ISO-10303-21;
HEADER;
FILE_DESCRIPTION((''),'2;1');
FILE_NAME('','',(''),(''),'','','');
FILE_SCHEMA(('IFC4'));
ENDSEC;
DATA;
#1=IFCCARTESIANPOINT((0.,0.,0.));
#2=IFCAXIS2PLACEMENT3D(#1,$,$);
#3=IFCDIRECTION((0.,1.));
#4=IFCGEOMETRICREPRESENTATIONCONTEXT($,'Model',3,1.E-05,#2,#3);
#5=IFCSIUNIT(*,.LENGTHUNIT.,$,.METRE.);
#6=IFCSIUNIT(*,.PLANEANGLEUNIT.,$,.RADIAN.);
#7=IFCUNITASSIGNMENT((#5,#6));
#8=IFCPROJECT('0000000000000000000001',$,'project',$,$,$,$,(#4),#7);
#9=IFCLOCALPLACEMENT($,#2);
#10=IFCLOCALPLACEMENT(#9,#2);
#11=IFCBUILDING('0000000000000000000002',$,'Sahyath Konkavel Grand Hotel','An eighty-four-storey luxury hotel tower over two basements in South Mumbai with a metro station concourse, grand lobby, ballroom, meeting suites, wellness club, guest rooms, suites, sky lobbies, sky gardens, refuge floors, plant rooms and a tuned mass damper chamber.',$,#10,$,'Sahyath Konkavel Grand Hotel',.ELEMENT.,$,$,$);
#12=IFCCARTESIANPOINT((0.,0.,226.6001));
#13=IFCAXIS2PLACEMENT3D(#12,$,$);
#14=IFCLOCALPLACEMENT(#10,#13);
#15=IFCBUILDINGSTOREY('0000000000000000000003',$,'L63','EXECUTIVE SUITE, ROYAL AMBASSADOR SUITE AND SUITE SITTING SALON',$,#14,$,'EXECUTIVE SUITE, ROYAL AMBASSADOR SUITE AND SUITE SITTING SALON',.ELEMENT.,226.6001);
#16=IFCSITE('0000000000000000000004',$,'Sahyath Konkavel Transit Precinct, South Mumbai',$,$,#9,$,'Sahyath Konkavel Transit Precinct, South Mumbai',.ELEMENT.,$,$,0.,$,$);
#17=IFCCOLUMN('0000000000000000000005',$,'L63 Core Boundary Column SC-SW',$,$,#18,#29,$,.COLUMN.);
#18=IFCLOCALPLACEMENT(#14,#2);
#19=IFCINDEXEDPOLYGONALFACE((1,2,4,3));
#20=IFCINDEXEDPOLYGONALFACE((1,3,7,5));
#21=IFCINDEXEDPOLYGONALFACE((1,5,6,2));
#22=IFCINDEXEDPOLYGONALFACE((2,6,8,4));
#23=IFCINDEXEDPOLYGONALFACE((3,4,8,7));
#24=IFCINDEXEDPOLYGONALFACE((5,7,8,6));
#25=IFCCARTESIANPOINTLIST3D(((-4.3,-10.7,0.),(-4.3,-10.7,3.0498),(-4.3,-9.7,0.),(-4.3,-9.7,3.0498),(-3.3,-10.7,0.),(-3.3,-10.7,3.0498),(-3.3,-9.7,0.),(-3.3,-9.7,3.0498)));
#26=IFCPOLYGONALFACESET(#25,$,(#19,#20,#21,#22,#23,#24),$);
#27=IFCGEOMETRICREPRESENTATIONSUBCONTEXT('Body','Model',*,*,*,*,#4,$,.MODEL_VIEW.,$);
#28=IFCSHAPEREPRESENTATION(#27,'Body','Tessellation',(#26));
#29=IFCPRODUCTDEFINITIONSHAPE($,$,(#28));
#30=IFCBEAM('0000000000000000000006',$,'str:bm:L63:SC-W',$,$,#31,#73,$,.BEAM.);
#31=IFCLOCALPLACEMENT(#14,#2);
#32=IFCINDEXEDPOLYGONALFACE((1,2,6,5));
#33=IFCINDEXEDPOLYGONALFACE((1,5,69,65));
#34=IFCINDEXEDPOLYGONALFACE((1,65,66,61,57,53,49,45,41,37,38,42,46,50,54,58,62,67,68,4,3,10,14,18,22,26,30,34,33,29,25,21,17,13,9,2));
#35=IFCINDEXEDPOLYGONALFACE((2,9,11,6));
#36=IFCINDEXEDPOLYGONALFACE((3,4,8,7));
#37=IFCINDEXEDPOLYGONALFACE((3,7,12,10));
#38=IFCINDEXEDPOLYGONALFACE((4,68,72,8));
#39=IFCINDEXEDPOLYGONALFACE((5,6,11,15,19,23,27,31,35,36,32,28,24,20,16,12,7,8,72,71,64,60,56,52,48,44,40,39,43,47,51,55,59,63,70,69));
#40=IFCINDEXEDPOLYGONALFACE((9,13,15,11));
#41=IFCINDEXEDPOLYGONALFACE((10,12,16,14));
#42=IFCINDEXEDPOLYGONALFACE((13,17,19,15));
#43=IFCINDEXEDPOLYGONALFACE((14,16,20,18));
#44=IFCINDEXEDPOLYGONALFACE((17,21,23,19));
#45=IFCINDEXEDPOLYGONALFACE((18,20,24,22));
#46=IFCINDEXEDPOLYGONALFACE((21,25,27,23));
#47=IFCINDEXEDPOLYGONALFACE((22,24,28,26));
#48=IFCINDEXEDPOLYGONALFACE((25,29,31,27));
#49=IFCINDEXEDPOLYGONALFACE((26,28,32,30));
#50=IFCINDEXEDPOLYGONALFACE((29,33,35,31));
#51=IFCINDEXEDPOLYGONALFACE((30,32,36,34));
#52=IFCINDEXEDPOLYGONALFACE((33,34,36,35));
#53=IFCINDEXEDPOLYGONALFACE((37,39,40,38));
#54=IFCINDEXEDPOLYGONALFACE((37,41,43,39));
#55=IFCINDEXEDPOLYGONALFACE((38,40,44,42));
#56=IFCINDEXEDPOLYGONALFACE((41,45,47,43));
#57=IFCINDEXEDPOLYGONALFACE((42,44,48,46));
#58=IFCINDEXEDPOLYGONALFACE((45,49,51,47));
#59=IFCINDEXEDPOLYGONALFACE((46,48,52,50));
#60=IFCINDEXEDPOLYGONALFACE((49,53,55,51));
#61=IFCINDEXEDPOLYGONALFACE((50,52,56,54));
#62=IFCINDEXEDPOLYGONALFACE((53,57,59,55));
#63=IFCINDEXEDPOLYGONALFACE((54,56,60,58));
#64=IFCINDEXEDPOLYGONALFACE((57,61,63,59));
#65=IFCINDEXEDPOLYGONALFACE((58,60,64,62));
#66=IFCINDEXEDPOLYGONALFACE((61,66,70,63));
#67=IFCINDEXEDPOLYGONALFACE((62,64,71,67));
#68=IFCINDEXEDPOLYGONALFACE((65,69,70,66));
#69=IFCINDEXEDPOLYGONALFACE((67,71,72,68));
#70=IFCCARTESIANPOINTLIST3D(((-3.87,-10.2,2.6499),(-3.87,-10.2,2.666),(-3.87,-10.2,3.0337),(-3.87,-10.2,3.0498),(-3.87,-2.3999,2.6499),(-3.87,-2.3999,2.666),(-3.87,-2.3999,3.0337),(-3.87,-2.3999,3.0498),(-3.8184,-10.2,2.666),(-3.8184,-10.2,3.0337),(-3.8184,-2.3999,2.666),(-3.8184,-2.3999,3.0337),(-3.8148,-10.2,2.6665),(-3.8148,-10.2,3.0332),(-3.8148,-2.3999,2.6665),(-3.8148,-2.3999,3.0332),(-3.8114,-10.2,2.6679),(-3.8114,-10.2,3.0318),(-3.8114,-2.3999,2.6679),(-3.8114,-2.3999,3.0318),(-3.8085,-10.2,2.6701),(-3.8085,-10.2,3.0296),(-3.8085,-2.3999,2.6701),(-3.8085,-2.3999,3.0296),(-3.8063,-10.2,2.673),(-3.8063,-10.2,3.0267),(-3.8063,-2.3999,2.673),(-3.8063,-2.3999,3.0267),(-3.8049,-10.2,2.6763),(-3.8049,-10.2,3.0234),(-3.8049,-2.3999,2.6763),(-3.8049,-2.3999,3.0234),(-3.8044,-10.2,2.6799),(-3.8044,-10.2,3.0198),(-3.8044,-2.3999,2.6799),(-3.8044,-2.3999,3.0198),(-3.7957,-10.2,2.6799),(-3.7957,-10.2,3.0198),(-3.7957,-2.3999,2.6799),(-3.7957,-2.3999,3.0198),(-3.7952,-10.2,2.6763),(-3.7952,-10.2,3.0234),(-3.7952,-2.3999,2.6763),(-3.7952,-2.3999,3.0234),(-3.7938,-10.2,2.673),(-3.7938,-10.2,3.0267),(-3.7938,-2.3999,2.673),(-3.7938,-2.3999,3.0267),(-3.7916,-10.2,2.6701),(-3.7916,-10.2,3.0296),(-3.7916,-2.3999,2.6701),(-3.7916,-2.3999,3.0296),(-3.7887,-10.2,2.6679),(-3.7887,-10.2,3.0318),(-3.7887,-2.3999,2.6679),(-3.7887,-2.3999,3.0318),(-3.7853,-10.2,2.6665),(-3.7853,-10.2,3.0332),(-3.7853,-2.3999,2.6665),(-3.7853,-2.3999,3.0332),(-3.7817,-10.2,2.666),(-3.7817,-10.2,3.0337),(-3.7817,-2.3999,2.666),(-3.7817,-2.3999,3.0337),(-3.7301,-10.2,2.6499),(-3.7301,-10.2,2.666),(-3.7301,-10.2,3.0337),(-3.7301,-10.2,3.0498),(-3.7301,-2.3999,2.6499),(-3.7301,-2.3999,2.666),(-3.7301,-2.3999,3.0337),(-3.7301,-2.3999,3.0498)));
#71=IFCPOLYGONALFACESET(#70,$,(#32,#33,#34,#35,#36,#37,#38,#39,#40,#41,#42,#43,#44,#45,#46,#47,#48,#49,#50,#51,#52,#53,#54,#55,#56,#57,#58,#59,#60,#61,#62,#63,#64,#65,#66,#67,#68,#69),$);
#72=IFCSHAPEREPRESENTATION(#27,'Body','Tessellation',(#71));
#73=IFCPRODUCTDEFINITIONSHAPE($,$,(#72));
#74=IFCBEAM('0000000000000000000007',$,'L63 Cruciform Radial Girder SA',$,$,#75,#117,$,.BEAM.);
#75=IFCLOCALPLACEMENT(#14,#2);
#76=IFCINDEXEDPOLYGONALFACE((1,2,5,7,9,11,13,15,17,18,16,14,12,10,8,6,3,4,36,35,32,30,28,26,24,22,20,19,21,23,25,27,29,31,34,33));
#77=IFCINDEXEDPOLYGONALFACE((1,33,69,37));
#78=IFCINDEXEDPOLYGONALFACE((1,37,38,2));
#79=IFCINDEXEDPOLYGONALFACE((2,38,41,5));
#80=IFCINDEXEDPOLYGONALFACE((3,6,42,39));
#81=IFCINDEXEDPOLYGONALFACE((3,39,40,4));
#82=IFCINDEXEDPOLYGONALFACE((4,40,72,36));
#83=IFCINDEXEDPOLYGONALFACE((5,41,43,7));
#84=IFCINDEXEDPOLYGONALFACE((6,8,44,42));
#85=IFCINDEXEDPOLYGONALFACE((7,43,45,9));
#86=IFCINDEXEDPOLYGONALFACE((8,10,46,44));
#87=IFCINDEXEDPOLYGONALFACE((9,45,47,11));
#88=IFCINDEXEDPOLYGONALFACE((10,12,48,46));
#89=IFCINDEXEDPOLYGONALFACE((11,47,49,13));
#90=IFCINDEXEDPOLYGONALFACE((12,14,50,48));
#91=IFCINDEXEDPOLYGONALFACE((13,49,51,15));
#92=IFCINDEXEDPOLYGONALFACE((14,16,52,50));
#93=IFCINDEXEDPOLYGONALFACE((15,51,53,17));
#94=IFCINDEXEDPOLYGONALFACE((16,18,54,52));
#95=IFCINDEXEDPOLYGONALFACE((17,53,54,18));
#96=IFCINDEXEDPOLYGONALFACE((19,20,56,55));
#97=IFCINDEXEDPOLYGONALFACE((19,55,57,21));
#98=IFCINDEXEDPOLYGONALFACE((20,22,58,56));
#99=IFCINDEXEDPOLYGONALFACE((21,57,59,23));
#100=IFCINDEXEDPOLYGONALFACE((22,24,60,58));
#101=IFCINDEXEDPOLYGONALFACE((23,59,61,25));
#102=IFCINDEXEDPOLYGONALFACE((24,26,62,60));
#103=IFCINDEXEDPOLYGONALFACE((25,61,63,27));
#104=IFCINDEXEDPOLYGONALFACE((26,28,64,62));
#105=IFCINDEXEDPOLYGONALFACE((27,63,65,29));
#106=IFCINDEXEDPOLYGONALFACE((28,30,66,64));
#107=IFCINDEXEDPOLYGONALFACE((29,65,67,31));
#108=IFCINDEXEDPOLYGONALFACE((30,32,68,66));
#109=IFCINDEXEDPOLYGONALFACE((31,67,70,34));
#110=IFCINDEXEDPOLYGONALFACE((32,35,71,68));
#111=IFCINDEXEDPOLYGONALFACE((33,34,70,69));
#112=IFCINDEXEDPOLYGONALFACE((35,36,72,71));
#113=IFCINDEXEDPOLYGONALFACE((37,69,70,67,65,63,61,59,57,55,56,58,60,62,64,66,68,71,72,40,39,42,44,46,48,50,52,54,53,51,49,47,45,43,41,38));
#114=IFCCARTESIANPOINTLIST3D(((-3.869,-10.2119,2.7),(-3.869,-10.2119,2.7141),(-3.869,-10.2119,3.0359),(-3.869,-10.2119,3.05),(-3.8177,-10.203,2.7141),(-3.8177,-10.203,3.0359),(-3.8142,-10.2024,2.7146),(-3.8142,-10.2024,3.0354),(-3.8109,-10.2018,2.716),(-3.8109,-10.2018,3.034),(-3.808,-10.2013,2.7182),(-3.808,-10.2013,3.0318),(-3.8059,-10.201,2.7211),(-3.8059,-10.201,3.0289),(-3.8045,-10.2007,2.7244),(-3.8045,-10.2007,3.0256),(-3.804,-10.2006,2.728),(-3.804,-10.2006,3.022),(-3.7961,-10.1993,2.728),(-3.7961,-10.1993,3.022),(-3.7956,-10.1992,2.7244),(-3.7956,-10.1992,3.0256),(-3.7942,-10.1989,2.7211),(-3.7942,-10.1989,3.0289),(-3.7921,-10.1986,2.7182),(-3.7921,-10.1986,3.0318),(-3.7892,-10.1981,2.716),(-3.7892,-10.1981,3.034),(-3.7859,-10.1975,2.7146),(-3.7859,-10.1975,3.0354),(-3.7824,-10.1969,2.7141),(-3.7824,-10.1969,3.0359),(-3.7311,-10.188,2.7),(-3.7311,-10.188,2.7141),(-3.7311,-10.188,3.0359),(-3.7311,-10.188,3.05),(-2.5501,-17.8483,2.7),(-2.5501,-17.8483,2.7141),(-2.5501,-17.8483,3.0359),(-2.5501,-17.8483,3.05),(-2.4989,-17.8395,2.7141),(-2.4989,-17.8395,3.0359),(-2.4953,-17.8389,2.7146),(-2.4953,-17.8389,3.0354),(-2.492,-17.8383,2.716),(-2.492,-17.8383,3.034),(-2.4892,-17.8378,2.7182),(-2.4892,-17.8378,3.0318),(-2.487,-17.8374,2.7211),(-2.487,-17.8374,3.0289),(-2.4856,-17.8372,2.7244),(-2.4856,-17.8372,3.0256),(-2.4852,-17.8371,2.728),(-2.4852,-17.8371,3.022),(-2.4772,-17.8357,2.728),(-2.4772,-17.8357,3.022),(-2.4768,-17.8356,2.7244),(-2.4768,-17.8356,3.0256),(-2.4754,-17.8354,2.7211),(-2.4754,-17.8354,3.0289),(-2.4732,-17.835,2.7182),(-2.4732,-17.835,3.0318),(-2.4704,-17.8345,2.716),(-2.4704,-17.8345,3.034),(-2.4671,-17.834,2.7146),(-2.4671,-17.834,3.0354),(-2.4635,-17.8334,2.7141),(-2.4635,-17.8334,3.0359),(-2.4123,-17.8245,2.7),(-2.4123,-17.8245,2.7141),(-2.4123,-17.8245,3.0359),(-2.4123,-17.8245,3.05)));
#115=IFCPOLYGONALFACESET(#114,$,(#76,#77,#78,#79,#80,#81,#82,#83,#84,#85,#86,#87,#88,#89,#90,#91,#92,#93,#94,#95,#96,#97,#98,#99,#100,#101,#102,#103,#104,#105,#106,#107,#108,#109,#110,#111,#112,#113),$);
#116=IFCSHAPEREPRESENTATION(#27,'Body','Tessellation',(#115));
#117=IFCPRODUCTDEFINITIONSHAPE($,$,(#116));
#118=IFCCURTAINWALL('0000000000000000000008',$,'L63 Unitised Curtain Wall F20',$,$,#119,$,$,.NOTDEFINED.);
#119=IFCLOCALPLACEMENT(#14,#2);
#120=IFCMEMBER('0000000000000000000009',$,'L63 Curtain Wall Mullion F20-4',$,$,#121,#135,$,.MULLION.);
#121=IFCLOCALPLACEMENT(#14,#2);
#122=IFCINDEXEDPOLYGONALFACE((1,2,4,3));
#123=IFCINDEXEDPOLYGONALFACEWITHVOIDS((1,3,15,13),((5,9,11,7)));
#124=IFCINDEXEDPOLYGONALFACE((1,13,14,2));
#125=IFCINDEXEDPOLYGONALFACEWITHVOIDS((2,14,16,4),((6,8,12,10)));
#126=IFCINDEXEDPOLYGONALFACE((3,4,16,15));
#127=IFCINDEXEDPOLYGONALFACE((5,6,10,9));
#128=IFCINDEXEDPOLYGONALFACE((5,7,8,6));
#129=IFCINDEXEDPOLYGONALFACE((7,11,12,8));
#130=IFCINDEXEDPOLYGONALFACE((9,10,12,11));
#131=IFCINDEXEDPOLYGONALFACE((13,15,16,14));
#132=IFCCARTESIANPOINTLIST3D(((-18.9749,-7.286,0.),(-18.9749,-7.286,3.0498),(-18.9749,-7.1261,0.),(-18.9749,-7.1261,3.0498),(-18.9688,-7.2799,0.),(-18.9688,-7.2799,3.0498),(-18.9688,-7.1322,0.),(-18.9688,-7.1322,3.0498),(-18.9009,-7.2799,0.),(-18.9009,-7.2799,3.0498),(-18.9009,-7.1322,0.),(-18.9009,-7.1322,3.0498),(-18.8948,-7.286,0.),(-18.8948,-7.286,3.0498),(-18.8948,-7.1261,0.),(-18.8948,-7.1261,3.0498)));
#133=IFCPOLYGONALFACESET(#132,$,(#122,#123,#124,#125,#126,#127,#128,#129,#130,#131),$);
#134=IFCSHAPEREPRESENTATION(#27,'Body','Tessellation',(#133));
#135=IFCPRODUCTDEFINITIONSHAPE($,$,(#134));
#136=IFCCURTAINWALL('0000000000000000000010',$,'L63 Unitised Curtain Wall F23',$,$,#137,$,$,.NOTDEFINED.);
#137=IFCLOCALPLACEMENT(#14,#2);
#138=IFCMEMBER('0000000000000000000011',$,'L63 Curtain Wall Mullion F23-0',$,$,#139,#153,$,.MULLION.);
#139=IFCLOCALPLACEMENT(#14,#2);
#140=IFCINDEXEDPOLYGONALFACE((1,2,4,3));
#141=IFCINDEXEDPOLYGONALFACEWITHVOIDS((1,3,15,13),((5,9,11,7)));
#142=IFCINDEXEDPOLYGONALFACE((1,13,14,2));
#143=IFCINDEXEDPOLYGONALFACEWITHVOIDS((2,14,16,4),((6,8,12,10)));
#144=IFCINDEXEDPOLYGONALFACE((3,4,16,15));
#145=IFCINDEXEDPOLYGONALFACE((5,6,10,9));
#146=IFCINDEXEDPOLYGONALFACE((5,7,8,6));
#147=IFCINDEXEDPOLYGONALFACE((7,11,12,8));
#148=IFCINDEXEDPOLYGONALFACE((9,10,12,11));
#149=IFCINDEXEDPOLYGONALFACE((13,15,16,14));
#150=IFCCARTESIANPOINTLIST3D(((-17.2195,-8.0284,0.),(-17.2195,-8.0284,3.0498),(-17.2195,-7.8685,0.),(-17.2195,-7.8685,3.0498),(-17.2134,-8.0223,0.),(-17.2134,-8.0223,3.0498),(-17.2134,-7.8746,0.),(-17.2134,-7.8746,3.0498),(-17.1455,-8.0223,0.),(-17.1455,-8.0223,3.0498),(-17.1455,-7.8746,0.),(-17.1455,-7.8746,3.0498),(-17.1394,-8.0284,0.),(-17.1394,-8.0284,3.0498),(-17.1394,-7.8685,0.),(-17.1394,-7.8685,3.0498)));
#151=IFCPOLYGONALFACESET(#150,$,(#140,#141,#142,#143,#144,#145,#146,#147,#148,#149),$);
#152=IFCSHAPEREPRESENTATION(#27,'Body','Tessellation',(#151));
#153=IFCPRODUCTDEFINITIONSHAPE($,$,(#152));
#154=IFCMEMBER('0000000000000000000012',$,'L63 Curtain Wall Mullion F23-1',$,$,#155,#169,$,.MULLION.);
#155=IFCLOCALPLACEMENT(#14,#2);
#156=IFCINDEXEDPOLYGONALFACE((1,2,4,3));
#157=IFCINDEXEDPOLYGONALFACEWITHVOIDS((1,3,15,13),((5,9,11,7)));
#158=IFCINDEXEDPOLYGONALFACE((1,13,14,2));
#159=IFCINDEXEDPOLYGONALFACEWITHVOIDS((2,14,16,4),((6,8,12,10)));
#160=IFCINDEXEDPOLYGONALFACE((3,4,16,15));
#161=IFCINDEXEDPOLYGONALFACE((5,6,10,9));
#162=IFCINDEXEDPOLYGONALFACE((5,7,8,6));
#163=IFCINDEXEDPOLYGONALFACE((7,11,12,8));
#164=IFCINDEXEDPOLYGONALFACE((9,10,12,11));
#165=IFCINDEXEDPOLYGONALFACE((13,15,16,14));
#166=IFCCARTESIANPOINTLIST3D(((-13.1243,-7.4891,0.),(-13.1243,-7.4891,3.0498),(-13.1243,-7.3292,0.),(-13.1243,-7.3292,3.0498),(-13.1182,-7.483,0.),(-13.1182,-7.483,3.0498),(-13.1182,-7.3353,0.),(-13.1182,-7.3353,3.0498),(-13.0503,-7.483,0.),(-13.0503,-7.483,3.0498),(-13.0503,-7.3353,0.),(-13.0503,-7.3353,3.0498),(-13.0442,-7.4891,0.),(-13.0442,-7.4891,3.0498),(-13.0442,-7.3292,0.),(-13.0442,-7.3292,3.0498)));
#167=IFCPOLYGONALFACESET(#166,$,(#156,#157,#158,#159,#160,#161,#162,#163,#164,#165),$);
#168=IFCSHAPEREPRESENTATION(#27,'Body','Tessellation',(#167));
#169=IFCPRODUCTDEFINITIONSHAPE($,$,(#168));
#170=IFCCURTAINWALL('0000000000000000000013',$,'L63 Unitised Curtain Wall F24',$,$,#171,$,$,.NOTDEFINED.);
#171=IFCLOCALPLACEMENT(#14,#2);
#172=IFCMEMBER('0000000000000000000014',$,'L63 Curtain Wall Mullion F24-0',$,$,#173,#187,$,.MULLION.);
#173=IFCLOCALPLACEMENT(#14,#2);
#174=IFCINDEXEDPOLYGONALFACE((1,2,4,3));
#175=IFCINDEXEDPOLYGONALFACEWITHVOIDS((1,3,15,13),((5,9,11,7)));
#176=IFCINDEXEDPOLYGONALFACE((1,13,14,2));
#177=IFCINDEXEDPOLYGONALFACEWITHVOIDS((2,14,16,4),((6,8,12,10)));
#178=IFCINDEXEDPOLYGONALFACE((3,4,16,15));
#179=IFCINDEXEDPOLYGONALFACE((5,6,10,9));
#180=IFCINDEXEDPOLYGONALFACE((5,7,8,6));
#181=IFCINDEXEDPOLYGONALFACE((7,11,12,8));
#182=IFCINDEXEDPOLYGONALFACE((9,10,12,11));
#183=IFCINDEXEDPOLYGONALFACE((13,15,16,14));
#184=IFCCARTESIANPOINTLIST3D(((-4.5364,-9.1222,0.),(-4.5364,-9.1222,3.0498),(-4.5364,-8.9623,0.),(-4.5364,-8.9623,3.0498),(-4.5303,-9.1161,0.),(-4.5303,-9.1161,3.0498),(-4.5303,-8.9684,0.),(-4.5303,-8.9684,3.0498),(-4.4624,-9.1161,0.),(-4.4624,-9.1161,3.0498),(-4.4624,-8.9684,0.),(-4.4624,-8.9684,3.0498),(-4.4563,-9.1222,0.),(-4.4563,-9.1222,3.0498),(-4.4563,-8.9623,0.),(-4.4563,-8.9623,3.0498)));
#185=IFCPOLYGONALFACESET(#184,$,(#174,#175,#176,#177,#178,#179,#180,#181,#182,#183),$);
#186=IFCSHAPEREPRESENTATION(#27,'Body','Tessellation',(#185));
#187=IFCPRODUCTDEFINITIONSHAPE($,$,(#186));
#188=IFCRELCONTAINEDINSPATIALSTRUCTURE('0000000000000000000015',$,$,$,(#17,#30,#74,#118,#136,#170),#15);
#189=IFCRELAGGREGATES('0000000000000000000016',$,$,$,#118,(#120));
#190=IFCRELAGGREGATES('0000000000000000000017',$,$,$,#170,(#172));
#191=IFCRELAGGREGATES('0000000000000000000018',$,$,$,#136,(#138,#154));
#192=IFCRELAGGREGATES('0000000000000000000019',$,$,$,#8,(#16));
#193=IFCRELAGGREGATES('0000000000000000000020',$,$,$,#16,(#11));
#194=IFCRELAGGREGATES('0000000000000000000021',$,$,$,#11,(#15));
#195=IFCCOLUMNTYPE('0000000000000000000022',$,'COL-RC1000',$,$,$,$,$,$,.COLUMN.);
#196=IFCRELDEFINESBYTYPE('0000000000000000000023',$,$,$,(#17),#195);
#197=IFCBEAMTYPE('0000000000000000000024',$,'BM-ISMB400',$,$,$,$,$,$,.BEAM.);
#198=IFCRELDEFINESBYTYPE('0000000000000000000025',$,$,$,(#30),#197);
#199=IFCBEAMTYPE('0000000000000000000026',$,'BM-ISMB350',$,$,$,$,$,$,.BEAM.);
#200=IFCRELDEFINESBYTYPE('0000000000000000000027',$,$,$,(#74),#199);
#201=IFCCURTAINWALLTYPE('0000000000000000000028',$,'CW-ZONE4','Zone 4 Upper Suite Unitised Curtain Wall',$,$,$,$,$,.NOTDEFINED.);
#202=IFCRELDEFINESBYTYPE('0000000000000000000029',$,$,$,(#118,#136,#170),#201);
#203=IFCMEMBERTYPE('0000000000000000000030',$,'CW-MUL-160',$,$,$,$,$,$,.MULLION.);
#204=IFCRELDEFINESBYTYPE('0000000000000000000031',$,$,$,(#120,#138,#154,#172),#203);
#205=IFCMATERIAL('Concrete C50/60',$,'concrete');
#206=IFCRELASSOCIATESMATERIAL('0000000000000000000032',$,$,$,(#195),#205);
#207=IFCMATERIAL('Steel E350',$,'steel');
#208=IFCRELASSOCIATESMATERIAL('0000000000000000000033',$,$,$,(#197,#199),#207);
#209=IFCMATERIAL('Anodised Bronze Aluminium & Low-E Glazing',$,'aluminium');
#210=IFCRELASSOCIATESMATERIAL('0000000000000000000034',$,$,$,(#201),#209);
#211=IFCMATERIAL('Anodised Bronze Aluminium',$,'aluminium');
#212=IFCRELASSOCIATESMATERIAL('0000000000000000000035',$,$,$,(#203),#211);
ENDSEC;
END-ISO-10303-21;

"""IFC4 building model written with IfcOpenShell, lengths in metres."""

from ifc_helpers import new_model, si_unit, direction, frame, origin, origin_2d, place, context, subcontext, project, spatial, rectangle, hollow_rectangle, i_section, extrude, source, transform, mapped, material, material_profile, profile_set, type_object, element, aggregate, save


model = new_model("IFC4")

# Units and contexts
model_context = context("Model", 3, precision=1e-05, world=origin(), true_north=direction((0.0, 1.0)))
body_context = subcontext(model_context, "Body", "Model", "MODEL_VIEW")
ifc_project = project(units=[si_unit("LENGTHUNIT", "METRE"), si_unit("PLANEANGLEUNIT", "RADIAN")], contexts=[model_context])

# Site, building, storey
site_placement = place(None, origin())
site = spatial("IfcSite", under=ifc_project, at=site_placement, Name="Sahyath Konkavel Transit Precinct, South Mumbai", LongName="Sahyath Konkavel Transit Precinct, South Mumbai", CompositionType="ELEMENT", RefElevation=0.0)
building_placement = place(site_placement, origin())
building = spatial("IfcBuilding", under=site, at=building_placement, Name="Sahyath Konkavel Grand Hotel", Description="An eighty-four-storey luxury hotel tower over two basements in South Mumbai with a metro station concourse, grand lobby, ballroom, meeting suites, wellness club, guest rooms, suites, sky lobbies, sky gardens, refuge floors, plant rooms and a tuned mass damper chamber.", LongName="Sahyath Konkavel Grand Hotel", CompositionType="ELEMENT")
storey_placement = place(building_placement, frame((0.0, 0.0, 226.6001)))
storey = spatial("IfcBuildingStorey", under=building, at=storey_placement, Name="L63", Description="EXECUTIVE SUITE, ROYAL AMBASSADOR SUITE AND SUITE SITTING SALON", LongName="EXECUTIVE SUITE, ROYAL AMBASSADOR SUITE AND SUITE SITTING SALON", CompositionType="ELEMENT", Elevation=226.6001)

# Column
ifc_material_1 = material(Name="Concrete C50/60", Category="concrete")
ifc_material_profile_1 = material_profile(ifc_material_1, rectangle(XDim=1.0, YDim=1.0, at=origin_2d()), Name="RC 1000x1000")
ifc_profile_set_1 = profile_set([ifc_material_profile_1], Name="Concrete C50/60")
column_type = type_object("IfcColumnType", Name="COL-RC1000", PredefinedType="COLUMN", material=ifc_profile_set_1)
shared_shape_1 = source(origin(), body_context, "Body", "SweptSolid", [
    extrude(rectangle(XDim=1.0, YDim=1.0, at=origin_2d()), origin(), (0.0, 0.0, 1.0), 3.0498),
])
column_placement = place(storey_placement, frame((-3.8, -10.2, 0.0), z_axis=(0.0, 0.0, 1.0), x_axis=(1.0, 0.0, 0.0)))
element("IfcColumn", 1, at=column_placement, inside=storey, type_object=column_type, Name="L63 Core Boundary Column SC-SW", PredefinedType="COLUMN", context=body_context, shape_type="MappedRepresentation", body=[
    mapped(shared_shape_1, transform((0.0, 0.0, 0.0), scale=1.0)),
])

# Beams
ifc_material_2 = material(Name="Steel E350", Category="steel")
ifc_material_profile_2 = material_profile(ifc_material_2, i_section(OverallWidth=0.1399, OverallDepth=0.3999, WebThickness=0.0088, FlangeThickness=0.0161, FilletRadius=0.0139, at=origin_2d()), Name="ISMB 400")
ifc_profile_set_2 = profile_set([ifc_material_profile_2], Name="Steel E350")
beam_type_1 = type_object("IfcBeamType", Name="BM-ISMB400", PredefinedType="BEAM", material=ifc_profile_set_2)
shared_shape_2 = source(origin(), body_context, "Body", "SweptSolid", [
    extrude(i_section(OverallWidth=0.1399, OverallDepth=0.3999, WebThickness=0.0088, FlangeThickness=0.0161, FilletRadius=0.0139, at=origin_2d()), origin(), (0.0, 0.0, 1.0), 7.8),
])
beam_1_placement = place(storey_placement, frame((-3.8, -10.2, 2.8499), z_axis=(0.0, 1.0, 0.0), x_axis=(-1.0, 0.0, 0.0)))
element("IfcBeam", 2, at=beam_1_placement, inside=storey, type_object=beam_type_1, Name="str:bm:L63:SC-W", PredefinedType="BEAM", context=body_context, shape_type="MappedRepresentation", body=[
    mapped(shared_shape_2, transform((0.0, 0.0, 0.0), scale=1.0)),
])
ifc_material_profile_3 = material_profile(ifc_material_2, i_section(OverallWidth=0.1399, OverallDepth=0.3501, WebThickness=0.0081, FlangeThickness=0.0142, FilletRadius=0.0139, at=origin_2d()), Name="ISMB 350")
ifc_profile_set_3 = profile_set([ifc_material_profile_3], Name="Steel E350")
beam_type_2 = type_object("IfcBeamType", Name="BM-ISMB350", PredefinedType="BEAM", material=ifc_profile_set_3)
shared_shape_3 = source(origin(), body_context, "Body", "SweptSolid", [
    extrude(i_section(OverallWidth=0.1399, OverallDepth=0.3501, WebThickness=0.0081, FlangeThickness=0.0142, FilletRadius=0.0139, at=origin_2d()), origin(), (0.0, 0.0, 1.0), 7.7495),
])
beam_2_placement = place(storey_placement, frame((-3.8, -10.2, 2.875), z_axis=(0.170184, -0.985412, 0.0), x_axis=(0.985412, 0.170184, 0.0)))
element("IfcBeam", 3, at=beam_2_placement, inside=storey, type_object=beam_type_2, Name="L63 Cruciform Radial Girder SA", PredefinedType="BEAM", context=body_context, shape_type="MappedRepresentation", body=[
    mapped(shared_shape_3, transform((0.0, 0.0, 0.0), scale=1.0)),
])

# Curtain wall, member
ifc_material_3 = material(Name="Anodised Bronze Aluminium & Low-E Glazing", Category="aluminium")
curtain_wall_type = type_object("IfcCurtainWallType", Name="CW-ZONE4", Description="Zone 4 Upper Suite Unitised Curtain Wall", PredefinedType="NOTDEFINED", material=ifc_material_3)
curtain_wall_1_placement = place(storey_placement, origin())
curtain_wall_1 = element("IfcCurtainWall", 4, at=curtain_wall_1_placement, inside=storey, type_object=curtain_wall_type, Name="L63 Unitised Curtain Wall F20", PredefinedType="NOTDEFINED")
ifc_material_4 = material(Name="Anodised Bronze Aluminium", Category="aluminium")
ifc_material_profile_4 = material_profile(ifc_material_4, hollow_rectangle(XDim=0.0801, YDim=0.1599, WallThickness=0.0061, at=origin_2d()), Name="RHS 160x80x6")
ifc_profile_set_4 = profile_set([ifc_material_profile_4], Name="Anodised Bronze Aluminium")
member_type_1 = type_object("IfcMemberType", Name="CW-MUL-160", PredefinedType="MULLION", material=ifc_profile_set_4)
shared_shape_4 = source(origin(), body_context, "Body", "SweptSolid", [
    extrude(hollow_rectangle(XDim=0.0801, YDim=0.1599, WallThickness=0.0061, at=origin_2d()), origin(), (0.0, 0.0, 1.0), 3.0498),
])
member_1_placement = place(storey_placement, frame((-18.9348, -7.2061, 0.0), z_axis=(0.0, 0.0, 1.0), x_axis=(1.0, 0.0, 0.0)))
member_1 = element("IfcMember", 5, at=member_1_placement, type_object=member_type_1, Name="L63 Curtain Wall Mullion F20-4", PredefinedType="MULLION", context=body_context, shape_type="MappedRepresentation", body=[
    mapped(shared_shape_4, transform((0.0, 0.0, 0.0), scale=1.0)),
])
aggregate(curtain_wall_1, [member_1])

# Curtain walls, members
curtain_wall_2_placement = place(storey_placement, origin())
curtain_wall_2 = element("IfcCurtainWall", 6, at=curtain_wall_2_placement, inside=storey, type_object=curtain_wall_type, Name="L63 Unitised Curtain Wall F23", PredefinedType="NOTDEFINED")
member_2_placement = place(storey_placement, frame((-17.1794, -7.9485, 0.0), z_axis=(0.0, 0.0, 1.0), x_axis=(1.0, 0.0, 0.0)))
member_2 = element("IfcMember", 7, at=member_2_placement, type_object=member_type_1, Name="L63 Curtain Wall Mullion F23-0", PredefinedType="MULLION", context=body_context, shape_type="MappedRepresentation", body=[
    mapped(shared_shape_4, transform((0.0, 0.0, 0.0), scale=1.0)),
])
member_3_placement = place(storey_placement, frame((-13.0842, -7.4092, 0.0), z_axis=(0.0, 0.0, 1.0), x_axis=(1.0, 0.0, 0.0)))
member_3 = element("IfcMember", 8, at=member_3_placement, type_object=member_type_1, Name="L63 Curtain Wall Mullion F23-1", PredefinedType="MULLION", context=body_context, shape_type="MappedRepresentation", body=[
    mapped(shared_shape_4, transform((0.0, 0.0, 0.0), scale=1.0)),
])
curtain_wall_3_placement = place(storey_placement, origin())
curtain_wall_3 = element("IfcCurtainWall", 9, at=curtain_wall_3_placement, inside=storey, type_object=curtain_wall_type, Name="L63 Unitised Curtain Wall F24", PredefinedType="NOTDEFINED")
member_4_placement = place(storey_placement, frame((-4.4963, -9.0422, 0.0), z_axis=(0.0, 0.0, 1.0), x_axis=(1.0, 0.0, 0.0)))
member_4 = element("IfcMember", 10, at=member_4_placement, type_object=member_type_1, Name="L63 Curtain Wall Mullion F24-0", PredefinedType="MULLION", context=body_context, shape_type="MappedRepresentation", body=[
    mapped(shared_shape_4, transform((0.0, 0.0, 0.0), scale=1.0)),
])

aggregate(curtain_wall_3, [member_4])
aggregate(curtain_wall_2, [member_2, member_3])

save(model, "model.ifc")
